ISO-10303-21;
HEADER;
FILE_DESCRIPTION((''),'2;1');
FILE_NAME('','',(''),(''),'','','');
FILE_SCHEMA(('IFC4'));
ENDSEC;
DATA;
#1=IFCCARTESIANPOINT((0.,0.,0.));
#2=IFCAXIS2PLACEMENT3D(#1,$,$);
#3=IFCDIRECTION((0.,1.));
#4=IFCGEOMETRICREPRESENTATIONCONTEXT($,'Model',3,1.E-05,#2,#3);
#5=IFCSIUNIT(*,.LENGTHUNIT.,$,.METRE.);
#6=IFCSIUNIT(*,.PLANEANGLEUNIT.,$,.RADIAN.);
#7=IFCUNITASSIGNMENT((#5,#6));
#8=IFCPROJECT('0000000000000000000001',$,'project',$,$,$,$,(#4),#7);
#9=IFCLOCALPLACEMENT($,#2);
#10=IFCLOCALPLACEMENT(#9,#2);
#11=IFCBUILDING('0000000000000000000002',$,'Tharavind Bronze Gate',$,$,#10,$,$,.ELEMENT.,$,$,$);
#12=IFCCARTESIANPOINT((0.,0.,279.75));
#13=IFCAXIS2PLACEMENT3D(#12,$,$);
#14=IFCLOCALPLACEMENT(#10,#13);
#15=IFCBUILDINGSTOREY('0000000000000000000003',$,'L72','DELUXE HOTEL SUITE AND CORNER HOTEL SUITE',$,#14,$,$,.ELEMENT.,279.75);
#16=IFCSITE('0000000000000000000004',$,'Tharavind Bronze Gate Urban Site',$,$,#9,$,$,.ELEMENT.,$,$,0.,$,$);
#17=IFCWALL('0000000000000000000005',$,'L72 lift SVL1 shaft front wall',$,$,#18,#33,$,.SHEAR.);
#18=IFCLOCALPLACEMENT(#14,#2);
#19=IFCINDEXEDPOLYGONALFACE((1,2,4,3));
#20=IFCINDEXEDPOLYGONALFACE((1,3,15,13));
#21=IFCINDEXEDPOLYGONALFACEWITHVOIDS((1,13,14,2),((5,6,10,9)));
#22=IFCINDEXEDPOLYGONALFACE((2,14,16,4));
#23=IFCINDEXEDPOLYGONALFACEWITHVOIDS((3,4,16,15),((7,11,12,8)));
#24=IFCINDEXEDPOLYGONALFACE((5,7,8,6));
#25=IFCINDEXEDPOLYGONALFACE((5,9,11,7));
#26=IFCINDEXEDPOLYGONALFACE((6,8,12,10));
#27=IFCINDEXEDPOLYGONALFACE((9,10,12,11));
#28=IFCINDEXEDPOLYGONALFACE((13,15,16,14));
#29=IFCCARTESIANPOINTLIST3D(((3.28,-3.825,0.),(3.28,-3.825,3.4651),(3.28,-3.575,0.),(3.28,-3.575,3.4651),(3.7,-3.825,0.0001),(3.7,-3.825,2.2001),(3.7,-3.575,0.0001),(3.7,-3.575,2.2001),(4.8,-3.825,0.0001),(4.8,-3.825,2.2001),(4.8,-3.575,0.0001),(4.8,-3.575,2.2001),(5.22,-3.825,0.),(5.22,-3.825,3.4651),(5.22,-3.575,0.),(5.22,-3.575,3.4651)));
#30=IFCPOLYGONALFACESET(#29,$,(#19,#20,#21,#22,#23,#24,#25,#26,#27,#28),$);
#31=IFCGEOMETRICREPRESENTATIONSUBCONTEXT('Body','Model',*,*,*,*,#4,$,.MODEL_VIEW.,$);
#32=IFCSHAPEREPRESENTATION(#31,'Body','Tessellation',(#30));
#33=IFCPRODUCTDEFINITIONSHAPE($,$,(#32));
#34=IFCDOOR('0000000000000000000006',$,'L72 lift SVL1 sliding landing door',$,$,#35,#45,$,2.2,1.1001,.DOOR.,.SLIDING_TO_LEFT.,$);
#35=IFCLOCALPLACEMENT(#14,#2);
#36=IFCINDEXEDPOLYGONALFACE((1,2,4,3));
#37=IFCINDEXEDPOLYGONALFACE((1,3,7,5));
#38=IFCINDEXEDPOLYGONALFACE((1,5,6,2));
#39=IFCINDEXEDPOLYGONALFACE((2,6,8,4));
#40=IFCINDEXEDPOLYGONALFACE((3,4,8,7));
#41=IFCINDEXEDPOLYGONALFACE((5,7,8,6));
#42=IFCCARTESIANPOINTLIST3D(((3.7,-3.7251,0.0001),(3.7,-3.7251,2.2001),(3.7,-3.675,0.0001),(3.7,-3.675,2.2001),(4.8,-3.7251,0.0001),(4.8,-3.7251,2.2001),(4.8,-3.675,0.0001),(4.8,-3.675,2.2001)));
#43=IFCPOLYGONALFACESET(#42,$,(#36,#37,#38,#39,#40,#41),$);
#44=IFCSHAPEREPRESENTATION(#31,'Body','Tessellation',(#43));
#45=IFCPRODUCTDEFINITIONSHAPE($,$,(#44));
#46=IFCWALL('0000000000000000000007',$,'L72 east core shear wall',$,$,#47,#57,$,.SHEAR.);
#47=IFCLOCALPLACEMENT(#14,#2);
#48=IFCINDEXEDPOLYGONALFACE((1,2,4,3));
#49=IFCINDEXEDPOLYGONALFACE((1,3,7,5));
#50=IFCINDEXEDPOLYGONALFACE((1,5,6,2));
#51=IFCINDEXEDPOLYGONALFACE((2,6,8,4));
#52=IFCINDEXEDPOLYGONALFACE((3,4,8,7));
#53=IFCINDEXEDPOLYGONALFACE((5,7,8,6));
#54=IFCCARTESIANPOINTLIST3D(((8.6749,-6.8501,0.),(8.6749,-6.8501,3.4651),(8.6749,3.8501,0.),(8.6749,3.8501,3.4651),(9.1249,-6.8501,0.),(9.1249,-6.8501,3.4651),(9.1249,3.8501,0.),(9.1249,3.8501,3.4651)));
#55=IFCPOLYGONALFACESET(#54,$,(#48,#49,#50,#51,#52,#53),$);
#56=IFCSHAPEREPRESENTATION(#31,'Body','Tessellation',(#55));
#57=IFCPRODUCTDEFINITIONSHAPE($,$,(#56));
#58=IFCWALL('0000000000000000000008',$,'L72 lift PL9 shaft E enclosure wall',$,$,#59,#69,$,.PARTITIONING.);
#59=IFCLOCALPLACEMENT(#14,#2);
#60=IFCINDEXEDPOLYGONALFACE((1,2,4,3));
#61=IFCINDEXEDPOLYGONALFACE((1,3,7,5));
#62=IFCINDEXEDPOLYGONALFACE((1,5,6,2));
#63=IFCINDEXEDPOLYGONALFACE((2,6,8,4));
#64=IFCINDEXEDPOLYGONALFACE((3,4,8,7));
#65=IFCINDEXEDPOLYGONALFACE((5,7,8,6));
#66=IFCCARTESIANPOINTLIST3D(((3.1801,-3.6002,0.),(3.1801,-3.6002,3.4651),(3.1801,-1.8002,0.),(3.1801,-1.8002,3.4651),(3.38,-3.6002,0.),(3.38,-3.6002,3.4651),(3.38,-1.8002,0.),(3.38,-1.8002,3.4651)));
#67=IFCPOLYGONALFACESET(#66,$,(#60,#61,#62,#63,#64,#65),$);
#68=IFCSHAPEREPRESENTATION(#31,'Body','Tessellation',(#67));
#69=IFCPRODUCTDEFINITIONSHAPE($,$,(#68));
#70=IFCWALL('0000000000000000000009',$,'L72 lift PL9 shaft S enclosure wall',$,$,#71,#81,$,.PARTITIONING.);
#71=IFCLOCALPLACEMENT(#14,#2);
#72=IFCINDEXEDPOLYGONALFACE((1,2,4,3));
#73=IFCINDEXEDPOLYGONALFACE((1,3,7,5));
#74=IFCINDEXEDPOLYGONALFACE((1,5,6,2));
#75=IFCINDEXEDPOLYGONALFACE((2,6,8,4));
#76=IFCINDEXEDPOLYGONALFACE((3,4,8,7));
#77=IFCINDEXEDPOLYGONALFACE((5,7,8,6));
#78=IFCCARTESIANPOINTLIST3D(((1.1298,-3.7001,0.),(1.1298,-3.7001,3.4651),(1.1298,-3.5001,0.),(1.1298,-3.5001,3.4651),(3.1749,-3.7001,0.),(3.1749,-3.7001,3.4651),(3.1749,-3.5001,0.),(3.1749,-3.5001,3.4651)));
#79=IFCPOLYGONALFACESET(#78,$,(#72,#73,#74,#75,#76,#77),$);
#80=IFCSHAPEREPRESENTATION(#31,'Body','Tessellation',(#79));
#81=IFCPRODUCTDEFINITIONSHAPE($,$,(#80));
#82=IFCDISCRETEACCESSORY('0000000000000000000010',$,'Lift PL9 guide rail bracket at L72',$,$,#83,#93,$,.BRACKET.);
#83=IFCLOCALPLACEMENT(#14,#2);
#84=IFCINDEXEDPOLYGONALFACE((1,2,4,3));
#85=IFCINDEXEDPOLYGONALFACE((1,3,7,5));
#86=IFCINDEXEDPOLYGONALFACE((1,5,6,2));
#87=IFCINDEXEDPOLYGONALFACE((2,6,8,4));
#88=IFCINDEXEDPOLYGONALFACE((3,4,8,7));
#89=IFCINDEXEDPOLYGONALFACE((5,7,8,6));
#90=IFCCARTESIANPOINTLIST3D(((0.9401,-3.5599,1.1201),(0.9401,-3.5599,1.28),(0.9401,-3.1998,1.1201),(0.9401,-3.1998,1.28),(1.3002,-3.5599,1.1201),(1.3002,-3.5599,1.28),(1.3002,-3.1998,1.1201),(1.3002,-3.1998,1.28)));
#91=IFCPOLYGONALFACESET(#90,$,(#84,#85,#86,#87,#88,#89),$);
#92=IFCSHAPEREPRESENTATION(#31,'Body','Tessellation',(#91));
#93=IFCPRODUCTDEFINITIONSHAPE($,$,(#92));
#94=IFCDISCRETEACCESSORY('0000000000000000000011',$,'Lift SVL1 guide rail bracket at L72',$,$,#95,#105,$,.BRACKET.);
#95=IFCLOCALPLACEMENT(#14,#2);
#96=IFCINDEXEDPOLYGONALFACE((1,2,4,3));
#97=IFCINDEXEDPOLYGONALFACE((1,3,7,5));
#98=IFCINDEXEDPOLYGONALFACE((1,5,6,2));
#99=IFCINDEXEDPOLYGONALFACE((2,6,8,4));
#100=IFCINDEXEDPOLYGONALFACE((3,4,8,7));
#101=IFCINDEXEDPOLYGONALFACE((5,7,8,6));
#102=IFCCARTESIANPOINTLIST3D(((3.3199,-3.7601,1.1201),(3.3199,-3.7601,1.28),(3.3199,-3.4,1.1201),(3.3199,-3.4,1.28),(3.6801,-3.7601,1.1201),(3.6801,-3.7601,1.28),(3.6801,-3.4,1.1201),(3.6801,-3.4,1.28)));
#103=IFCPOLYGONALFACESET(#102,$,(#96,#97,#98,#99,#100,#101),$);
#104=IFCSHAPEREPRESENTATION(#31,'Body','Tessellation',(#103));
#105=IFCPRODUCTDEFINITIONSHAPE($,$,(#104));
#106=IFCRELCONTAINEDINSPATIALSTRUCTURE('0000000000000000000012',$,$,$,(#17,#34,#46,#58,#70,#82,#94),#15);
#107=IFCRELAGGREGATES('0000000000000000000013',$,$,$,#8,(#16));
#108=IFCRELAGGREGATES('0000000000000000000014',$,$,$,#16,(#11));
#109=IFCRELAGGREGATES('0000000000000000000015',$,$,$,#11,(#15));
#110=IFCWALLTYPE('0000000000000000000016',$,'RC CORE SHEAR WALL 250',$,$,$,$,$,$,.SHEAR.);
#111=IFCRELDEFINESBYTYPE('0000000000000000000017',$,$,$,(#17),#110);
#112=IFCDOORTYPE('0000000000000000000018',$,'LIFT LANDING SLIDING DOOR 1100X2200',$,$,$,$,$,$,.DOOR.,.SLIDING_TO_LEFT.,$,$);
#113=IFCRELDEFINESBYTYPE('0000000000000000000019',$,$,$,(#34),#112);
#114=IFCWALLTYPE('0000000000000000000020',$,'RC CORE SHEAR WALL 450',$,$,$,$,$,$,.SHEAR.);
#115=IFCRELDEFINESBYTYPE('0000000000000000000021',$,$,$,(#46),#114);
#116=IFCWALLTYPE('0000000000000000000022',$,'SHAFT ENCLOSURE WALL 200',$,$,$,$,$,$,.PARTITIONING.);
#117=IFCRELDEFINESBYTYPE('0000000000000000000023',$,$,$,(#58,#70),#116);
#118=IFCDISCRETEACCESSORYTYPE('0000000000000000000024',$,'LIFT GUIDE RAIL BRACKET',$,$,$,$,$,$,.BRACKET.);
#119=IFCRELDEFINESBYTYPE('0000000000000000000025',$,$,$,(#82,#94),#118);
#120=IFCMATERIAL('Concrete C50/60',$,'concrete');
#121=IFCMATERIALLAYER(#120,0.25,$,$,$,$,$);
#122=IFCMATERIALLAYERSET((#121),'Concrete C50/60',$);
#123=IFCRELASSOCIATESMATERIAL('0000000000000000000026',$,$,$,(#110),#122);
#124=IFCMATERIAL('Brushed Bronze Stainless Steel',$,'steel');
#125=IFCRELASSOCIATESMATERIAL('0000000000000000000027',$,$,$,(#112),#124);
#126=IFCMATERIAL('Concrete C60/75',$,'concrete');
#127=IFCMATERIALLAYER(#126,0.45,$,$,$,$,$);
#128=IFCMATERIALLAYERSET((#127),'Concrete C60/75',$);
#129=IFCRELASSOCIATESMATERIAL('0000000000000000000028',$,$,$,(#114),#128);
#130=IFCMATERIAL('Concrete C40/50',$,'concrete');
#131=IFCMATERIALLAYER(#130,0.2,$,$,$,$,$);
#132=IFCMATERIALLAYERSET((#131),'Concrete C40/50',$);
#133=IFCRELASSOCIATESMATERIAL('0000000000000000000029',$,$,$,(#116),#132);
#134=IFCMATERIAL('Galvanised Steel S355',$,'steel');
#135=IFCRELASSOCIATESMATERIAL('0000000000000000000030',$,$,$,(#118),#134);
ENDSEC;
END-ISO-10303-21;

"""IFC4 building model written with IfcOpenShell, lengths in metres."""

from ifc_helpers import new_model, si_unit, direction, frame, frame_2d, origin, origin_2d, place, context, subcontext, project, spatial, rectangle, extrude, material, layer, layer_set, type_object, element, fill, save


model = new_model("IFC4")

# Units and contexts
model_context = context("Model", 3, precision=1e-05, world=origin(), true_north=direction((0.0, 1.0)))
body_context = subcontext(model_context, "Body", "Model", "MODEL_VIEW")
ifc_project = project(units=[si_unit("LENGTHUNIT", "METRE"), si_unit("PLANEANGLEUNIT", "RADIAN")], contexts=[model_context])

# Site, building, storey
site_placement = place(None, origin())
site = spatial("IfcSite", under=ifc_project, at=site_placement, Name="Tharavind Bronze Gate Urban Site", CompositionType="ELEMENT", RefElevation=0.0)
building_placement = place(site_placement, origin())
building = spatial("IfcBuilding", under=site, at=building_placement, Name="Tharavind Bronze Gate", CompositionType="ELEMENT")
storey_placement = place(building_placement, frame((0.0, 0.0, 279.75)))
storey = spatial("IfcBuildingStorey", under=building, at=storey_placement, Name="L72", Description="DELUXE HOTEL SUITE AND CORNER HOTEL SUITE", CompositionType="ELEMENT", Elevation=279.75)

# Shared definitions
ifc_material_1 = material(Name="Concrete C50/60", Category="concrete")

# Shared definitions
ifc_layer_1 = layer(ifc_material_1, 0.25)
ifc_layer_set_1 = layer_set([ifc_layer_1], Name="Concrete C50/60")
wall_type_1 = type_object("IfcWallType", Name="RC CORE SHEAR WALL 250", PredefinedType="SHEAR", material=ifc_layer_set_1)

# Wall, opening, door
ifc_material_2 = material(Name="Brushed Bronze Stainless Steel", Category="steel")
door_type_1 = type_object("IfcDoorType", Name="LIFT LANDING SLIDING DOOR 1100X2200", OperationType="SLIDING_TO_LEFT", PredefinedType="DOOR", material=ifc_material_2)
wall_1_placement = place(storey_placement, frame((3.28, -3.7, 0.0), z_axis=(0.0, 0.0, 1.0), x_axis=(1.0, 0.0, 0.0)))
wall_1 = element("IfcWall", 1, at=wall_1_placement, inside=storey, type_object=wall_type_1, Name="L72 lift SVL1 shaft front wall", PredefinedType="SHEAR", context=body_context, shape_type="SweptSolid", body=[
    extrude(rectangle(XDim=1.9399, YDim=0.25, at=frame_2d((0.97, 0.0))), origin(), (0.0, 0.0, 1.0), 3.4651),
])
opening_1_placement = place(wall_1_placement, frame((0.4199, 0.0, 0.0)))
opening_1 = element("IfcOpeningElement", 2, at=opening_1_placement, cuts=wall_1, PredefinedType="OPENING", context=body_context, shape_type="SweptSolid", body=[
    extrude(rectangle(XDim=1.1001, YDim=2.2, at=frame_2d((0.55, 1.1001))), frame((0.0, 0.135, 0.0), z_axis=(0.0, -1.0, 0.0), x_axis=(1.0, 0.0, 0.0)), (0.0, 0.0, 1.0), 0.27),
])
door_1_placement = place(opening_1_placement, origin())
door_1 = element("IfcDoor", 3, at=door_1_placement, inside=storey, type_object=door_type_1, Name="L72 lift SVL1 sliding landing door", OperationType="SLIDING_TO_LEFT", OverallHeight=2.2, OverallWidth=1.1001, PredefinedType="DOOR", context=body_context, shape_type="SweptSolid", body=[
    extrude(rectangle(XDim=1.1001, YDim=2.2, at=frame_2d((0.55, 1.1001))), frame((0.0, 0.0249, 0.0), z_axis=(0.0, -1.0, 0.0), x_axis=(1.0, 0.0, 0.0)), (0.0, 0.0, 1.0), 0.05),
])
fill(opening_1, door_1)

# Walls
ifc_material_3 = material(Name="Concrete C60/75", Category="concrete")
ifc_layer_2 = layer(ifc_material_3, 0.45)
ifc_layer_set_2 = layer_set([ifc_layer_2], Name="Concrete C60/75")
wall_type_2 = type_object("IfcWallType", Name="RC CORE SHEAR WALL 450", PredefinedType="SHEAR", material=ifc_layer_set_2)
wall_2_placement = place(storey_placement, frame((8.8999, -6.8501, 0.0), z_axis=(0.0, 0.0, 1.0), x_axis=(0.0, 1.0, 0.0)))
element("IfcWall", 4, at=wall_2_placement, inside=storey, type_object=wall_type_2, Name="L72 east core shear wall", PredefinedType="SHEAR", context=body_context, shape_type="SweptSolid", body=[
    extrude(rectangle(XDim=10.7002, YDim=0.45, at=frame_2d((5.3501, 0.0))), origin(), (0.0, 0.0, 1.0), 3.4651),
])
ifc_material_4 = material(Name="Concrete C40/50", Category="concrete")
ifc_layer_3 = layer(ifc_material_4, 0.2)
ifc_layer_set_3 = layer_set([ifc_layer_3], Name="Concrete C40/50")
wall_type_3 = type_object("IfcWallType", Name="SHAFT ENCLOSURE WALL 200", PredefinedType="PARTITIONING", material=ifc_layer_set_3)
wall_3_placement = place(storey_placement, frame((3.28, -3.6001, 0.0), z_axis=(0.0, 0.0, 1.0), x_axis=(0.0, 1.0, 0.0)))
element("IfcWall", 5, at=wall_3_placement, inside=storey, type_object=wall_type_3, Name="L72 lift PL9 shaft E enclosure wall", PredefinedType="PARTITIONING", context=body_context, shape_type="SweptSolid", body=[
    extrude(rectangle(XDim=1.8, YDim=0.2, at=frame_2d((0.8999, 0.0))), origin(), (0.0, 0.0, 1.0), 3.4651),
])
wall_4_placement = place(storey_placement, frame((1.1299, -3.6001, 0.0), z_axis=(0.0, 0.0, 1.0), x_axis=(1.0, 0.0, 0.0)))
element("IfcWall", 6, at=wall_4_placement, inside=storey, type_object=wall_type_3, Name="L72 lift PL9 shaft S enclosure wall", PredefinedType="PARTITIONING", context=body_context, shape_type="SweptSolid", body=[
    extrude(rectangle(XDim=2.0452, YDim=0.2, at=frame_2d((1.0225, 0.0))), origin(), (0.0, 0.0, 1.0), 3.4651),
])

# Discrete accessories
ifc_material_5 = material(Name="Galvanised Steel S355", Category="steel")
discrete_accessory_type = type_object("IfcDiscreteAccessoryType", Name="LIFT GUIDE RAIL BRACKET", PredefinedType="BRACKET", material=ifc_material_5)
for number, where, z_axis, x_axis, name in (
    (7, (1.1201, -3.3799, 1.1201), (0.0, 0.0, 1.0), (1.0, 0.0, 0.0), "Lift PL9 guide rail bracket at L72"),
    (8, (3.5, -3.5801, 1.1201), (0.0, 0.0, 1.0), (1.0, 0.0, 0.0), "Lift SVL1 guide rail bracket at L72"),
):
    element("IfcDiscreteAccessory", number, at=place(storey_placement, frame(where, z_axis=z_axis, x_axis=x_axis)), inside=storey, type_object=discrete_accessory_type, Name=name, PredefinedType="BRACKET", context=body_context, shape_type="SweptSolid", body=[
        extrude(rectangle(XDim=0.3601, YDim=0.3601, at=origin_2d()), origin(), (0.0, 0.0, 1.0), 0.1599),
    ])

save(model, "model.ifc")
